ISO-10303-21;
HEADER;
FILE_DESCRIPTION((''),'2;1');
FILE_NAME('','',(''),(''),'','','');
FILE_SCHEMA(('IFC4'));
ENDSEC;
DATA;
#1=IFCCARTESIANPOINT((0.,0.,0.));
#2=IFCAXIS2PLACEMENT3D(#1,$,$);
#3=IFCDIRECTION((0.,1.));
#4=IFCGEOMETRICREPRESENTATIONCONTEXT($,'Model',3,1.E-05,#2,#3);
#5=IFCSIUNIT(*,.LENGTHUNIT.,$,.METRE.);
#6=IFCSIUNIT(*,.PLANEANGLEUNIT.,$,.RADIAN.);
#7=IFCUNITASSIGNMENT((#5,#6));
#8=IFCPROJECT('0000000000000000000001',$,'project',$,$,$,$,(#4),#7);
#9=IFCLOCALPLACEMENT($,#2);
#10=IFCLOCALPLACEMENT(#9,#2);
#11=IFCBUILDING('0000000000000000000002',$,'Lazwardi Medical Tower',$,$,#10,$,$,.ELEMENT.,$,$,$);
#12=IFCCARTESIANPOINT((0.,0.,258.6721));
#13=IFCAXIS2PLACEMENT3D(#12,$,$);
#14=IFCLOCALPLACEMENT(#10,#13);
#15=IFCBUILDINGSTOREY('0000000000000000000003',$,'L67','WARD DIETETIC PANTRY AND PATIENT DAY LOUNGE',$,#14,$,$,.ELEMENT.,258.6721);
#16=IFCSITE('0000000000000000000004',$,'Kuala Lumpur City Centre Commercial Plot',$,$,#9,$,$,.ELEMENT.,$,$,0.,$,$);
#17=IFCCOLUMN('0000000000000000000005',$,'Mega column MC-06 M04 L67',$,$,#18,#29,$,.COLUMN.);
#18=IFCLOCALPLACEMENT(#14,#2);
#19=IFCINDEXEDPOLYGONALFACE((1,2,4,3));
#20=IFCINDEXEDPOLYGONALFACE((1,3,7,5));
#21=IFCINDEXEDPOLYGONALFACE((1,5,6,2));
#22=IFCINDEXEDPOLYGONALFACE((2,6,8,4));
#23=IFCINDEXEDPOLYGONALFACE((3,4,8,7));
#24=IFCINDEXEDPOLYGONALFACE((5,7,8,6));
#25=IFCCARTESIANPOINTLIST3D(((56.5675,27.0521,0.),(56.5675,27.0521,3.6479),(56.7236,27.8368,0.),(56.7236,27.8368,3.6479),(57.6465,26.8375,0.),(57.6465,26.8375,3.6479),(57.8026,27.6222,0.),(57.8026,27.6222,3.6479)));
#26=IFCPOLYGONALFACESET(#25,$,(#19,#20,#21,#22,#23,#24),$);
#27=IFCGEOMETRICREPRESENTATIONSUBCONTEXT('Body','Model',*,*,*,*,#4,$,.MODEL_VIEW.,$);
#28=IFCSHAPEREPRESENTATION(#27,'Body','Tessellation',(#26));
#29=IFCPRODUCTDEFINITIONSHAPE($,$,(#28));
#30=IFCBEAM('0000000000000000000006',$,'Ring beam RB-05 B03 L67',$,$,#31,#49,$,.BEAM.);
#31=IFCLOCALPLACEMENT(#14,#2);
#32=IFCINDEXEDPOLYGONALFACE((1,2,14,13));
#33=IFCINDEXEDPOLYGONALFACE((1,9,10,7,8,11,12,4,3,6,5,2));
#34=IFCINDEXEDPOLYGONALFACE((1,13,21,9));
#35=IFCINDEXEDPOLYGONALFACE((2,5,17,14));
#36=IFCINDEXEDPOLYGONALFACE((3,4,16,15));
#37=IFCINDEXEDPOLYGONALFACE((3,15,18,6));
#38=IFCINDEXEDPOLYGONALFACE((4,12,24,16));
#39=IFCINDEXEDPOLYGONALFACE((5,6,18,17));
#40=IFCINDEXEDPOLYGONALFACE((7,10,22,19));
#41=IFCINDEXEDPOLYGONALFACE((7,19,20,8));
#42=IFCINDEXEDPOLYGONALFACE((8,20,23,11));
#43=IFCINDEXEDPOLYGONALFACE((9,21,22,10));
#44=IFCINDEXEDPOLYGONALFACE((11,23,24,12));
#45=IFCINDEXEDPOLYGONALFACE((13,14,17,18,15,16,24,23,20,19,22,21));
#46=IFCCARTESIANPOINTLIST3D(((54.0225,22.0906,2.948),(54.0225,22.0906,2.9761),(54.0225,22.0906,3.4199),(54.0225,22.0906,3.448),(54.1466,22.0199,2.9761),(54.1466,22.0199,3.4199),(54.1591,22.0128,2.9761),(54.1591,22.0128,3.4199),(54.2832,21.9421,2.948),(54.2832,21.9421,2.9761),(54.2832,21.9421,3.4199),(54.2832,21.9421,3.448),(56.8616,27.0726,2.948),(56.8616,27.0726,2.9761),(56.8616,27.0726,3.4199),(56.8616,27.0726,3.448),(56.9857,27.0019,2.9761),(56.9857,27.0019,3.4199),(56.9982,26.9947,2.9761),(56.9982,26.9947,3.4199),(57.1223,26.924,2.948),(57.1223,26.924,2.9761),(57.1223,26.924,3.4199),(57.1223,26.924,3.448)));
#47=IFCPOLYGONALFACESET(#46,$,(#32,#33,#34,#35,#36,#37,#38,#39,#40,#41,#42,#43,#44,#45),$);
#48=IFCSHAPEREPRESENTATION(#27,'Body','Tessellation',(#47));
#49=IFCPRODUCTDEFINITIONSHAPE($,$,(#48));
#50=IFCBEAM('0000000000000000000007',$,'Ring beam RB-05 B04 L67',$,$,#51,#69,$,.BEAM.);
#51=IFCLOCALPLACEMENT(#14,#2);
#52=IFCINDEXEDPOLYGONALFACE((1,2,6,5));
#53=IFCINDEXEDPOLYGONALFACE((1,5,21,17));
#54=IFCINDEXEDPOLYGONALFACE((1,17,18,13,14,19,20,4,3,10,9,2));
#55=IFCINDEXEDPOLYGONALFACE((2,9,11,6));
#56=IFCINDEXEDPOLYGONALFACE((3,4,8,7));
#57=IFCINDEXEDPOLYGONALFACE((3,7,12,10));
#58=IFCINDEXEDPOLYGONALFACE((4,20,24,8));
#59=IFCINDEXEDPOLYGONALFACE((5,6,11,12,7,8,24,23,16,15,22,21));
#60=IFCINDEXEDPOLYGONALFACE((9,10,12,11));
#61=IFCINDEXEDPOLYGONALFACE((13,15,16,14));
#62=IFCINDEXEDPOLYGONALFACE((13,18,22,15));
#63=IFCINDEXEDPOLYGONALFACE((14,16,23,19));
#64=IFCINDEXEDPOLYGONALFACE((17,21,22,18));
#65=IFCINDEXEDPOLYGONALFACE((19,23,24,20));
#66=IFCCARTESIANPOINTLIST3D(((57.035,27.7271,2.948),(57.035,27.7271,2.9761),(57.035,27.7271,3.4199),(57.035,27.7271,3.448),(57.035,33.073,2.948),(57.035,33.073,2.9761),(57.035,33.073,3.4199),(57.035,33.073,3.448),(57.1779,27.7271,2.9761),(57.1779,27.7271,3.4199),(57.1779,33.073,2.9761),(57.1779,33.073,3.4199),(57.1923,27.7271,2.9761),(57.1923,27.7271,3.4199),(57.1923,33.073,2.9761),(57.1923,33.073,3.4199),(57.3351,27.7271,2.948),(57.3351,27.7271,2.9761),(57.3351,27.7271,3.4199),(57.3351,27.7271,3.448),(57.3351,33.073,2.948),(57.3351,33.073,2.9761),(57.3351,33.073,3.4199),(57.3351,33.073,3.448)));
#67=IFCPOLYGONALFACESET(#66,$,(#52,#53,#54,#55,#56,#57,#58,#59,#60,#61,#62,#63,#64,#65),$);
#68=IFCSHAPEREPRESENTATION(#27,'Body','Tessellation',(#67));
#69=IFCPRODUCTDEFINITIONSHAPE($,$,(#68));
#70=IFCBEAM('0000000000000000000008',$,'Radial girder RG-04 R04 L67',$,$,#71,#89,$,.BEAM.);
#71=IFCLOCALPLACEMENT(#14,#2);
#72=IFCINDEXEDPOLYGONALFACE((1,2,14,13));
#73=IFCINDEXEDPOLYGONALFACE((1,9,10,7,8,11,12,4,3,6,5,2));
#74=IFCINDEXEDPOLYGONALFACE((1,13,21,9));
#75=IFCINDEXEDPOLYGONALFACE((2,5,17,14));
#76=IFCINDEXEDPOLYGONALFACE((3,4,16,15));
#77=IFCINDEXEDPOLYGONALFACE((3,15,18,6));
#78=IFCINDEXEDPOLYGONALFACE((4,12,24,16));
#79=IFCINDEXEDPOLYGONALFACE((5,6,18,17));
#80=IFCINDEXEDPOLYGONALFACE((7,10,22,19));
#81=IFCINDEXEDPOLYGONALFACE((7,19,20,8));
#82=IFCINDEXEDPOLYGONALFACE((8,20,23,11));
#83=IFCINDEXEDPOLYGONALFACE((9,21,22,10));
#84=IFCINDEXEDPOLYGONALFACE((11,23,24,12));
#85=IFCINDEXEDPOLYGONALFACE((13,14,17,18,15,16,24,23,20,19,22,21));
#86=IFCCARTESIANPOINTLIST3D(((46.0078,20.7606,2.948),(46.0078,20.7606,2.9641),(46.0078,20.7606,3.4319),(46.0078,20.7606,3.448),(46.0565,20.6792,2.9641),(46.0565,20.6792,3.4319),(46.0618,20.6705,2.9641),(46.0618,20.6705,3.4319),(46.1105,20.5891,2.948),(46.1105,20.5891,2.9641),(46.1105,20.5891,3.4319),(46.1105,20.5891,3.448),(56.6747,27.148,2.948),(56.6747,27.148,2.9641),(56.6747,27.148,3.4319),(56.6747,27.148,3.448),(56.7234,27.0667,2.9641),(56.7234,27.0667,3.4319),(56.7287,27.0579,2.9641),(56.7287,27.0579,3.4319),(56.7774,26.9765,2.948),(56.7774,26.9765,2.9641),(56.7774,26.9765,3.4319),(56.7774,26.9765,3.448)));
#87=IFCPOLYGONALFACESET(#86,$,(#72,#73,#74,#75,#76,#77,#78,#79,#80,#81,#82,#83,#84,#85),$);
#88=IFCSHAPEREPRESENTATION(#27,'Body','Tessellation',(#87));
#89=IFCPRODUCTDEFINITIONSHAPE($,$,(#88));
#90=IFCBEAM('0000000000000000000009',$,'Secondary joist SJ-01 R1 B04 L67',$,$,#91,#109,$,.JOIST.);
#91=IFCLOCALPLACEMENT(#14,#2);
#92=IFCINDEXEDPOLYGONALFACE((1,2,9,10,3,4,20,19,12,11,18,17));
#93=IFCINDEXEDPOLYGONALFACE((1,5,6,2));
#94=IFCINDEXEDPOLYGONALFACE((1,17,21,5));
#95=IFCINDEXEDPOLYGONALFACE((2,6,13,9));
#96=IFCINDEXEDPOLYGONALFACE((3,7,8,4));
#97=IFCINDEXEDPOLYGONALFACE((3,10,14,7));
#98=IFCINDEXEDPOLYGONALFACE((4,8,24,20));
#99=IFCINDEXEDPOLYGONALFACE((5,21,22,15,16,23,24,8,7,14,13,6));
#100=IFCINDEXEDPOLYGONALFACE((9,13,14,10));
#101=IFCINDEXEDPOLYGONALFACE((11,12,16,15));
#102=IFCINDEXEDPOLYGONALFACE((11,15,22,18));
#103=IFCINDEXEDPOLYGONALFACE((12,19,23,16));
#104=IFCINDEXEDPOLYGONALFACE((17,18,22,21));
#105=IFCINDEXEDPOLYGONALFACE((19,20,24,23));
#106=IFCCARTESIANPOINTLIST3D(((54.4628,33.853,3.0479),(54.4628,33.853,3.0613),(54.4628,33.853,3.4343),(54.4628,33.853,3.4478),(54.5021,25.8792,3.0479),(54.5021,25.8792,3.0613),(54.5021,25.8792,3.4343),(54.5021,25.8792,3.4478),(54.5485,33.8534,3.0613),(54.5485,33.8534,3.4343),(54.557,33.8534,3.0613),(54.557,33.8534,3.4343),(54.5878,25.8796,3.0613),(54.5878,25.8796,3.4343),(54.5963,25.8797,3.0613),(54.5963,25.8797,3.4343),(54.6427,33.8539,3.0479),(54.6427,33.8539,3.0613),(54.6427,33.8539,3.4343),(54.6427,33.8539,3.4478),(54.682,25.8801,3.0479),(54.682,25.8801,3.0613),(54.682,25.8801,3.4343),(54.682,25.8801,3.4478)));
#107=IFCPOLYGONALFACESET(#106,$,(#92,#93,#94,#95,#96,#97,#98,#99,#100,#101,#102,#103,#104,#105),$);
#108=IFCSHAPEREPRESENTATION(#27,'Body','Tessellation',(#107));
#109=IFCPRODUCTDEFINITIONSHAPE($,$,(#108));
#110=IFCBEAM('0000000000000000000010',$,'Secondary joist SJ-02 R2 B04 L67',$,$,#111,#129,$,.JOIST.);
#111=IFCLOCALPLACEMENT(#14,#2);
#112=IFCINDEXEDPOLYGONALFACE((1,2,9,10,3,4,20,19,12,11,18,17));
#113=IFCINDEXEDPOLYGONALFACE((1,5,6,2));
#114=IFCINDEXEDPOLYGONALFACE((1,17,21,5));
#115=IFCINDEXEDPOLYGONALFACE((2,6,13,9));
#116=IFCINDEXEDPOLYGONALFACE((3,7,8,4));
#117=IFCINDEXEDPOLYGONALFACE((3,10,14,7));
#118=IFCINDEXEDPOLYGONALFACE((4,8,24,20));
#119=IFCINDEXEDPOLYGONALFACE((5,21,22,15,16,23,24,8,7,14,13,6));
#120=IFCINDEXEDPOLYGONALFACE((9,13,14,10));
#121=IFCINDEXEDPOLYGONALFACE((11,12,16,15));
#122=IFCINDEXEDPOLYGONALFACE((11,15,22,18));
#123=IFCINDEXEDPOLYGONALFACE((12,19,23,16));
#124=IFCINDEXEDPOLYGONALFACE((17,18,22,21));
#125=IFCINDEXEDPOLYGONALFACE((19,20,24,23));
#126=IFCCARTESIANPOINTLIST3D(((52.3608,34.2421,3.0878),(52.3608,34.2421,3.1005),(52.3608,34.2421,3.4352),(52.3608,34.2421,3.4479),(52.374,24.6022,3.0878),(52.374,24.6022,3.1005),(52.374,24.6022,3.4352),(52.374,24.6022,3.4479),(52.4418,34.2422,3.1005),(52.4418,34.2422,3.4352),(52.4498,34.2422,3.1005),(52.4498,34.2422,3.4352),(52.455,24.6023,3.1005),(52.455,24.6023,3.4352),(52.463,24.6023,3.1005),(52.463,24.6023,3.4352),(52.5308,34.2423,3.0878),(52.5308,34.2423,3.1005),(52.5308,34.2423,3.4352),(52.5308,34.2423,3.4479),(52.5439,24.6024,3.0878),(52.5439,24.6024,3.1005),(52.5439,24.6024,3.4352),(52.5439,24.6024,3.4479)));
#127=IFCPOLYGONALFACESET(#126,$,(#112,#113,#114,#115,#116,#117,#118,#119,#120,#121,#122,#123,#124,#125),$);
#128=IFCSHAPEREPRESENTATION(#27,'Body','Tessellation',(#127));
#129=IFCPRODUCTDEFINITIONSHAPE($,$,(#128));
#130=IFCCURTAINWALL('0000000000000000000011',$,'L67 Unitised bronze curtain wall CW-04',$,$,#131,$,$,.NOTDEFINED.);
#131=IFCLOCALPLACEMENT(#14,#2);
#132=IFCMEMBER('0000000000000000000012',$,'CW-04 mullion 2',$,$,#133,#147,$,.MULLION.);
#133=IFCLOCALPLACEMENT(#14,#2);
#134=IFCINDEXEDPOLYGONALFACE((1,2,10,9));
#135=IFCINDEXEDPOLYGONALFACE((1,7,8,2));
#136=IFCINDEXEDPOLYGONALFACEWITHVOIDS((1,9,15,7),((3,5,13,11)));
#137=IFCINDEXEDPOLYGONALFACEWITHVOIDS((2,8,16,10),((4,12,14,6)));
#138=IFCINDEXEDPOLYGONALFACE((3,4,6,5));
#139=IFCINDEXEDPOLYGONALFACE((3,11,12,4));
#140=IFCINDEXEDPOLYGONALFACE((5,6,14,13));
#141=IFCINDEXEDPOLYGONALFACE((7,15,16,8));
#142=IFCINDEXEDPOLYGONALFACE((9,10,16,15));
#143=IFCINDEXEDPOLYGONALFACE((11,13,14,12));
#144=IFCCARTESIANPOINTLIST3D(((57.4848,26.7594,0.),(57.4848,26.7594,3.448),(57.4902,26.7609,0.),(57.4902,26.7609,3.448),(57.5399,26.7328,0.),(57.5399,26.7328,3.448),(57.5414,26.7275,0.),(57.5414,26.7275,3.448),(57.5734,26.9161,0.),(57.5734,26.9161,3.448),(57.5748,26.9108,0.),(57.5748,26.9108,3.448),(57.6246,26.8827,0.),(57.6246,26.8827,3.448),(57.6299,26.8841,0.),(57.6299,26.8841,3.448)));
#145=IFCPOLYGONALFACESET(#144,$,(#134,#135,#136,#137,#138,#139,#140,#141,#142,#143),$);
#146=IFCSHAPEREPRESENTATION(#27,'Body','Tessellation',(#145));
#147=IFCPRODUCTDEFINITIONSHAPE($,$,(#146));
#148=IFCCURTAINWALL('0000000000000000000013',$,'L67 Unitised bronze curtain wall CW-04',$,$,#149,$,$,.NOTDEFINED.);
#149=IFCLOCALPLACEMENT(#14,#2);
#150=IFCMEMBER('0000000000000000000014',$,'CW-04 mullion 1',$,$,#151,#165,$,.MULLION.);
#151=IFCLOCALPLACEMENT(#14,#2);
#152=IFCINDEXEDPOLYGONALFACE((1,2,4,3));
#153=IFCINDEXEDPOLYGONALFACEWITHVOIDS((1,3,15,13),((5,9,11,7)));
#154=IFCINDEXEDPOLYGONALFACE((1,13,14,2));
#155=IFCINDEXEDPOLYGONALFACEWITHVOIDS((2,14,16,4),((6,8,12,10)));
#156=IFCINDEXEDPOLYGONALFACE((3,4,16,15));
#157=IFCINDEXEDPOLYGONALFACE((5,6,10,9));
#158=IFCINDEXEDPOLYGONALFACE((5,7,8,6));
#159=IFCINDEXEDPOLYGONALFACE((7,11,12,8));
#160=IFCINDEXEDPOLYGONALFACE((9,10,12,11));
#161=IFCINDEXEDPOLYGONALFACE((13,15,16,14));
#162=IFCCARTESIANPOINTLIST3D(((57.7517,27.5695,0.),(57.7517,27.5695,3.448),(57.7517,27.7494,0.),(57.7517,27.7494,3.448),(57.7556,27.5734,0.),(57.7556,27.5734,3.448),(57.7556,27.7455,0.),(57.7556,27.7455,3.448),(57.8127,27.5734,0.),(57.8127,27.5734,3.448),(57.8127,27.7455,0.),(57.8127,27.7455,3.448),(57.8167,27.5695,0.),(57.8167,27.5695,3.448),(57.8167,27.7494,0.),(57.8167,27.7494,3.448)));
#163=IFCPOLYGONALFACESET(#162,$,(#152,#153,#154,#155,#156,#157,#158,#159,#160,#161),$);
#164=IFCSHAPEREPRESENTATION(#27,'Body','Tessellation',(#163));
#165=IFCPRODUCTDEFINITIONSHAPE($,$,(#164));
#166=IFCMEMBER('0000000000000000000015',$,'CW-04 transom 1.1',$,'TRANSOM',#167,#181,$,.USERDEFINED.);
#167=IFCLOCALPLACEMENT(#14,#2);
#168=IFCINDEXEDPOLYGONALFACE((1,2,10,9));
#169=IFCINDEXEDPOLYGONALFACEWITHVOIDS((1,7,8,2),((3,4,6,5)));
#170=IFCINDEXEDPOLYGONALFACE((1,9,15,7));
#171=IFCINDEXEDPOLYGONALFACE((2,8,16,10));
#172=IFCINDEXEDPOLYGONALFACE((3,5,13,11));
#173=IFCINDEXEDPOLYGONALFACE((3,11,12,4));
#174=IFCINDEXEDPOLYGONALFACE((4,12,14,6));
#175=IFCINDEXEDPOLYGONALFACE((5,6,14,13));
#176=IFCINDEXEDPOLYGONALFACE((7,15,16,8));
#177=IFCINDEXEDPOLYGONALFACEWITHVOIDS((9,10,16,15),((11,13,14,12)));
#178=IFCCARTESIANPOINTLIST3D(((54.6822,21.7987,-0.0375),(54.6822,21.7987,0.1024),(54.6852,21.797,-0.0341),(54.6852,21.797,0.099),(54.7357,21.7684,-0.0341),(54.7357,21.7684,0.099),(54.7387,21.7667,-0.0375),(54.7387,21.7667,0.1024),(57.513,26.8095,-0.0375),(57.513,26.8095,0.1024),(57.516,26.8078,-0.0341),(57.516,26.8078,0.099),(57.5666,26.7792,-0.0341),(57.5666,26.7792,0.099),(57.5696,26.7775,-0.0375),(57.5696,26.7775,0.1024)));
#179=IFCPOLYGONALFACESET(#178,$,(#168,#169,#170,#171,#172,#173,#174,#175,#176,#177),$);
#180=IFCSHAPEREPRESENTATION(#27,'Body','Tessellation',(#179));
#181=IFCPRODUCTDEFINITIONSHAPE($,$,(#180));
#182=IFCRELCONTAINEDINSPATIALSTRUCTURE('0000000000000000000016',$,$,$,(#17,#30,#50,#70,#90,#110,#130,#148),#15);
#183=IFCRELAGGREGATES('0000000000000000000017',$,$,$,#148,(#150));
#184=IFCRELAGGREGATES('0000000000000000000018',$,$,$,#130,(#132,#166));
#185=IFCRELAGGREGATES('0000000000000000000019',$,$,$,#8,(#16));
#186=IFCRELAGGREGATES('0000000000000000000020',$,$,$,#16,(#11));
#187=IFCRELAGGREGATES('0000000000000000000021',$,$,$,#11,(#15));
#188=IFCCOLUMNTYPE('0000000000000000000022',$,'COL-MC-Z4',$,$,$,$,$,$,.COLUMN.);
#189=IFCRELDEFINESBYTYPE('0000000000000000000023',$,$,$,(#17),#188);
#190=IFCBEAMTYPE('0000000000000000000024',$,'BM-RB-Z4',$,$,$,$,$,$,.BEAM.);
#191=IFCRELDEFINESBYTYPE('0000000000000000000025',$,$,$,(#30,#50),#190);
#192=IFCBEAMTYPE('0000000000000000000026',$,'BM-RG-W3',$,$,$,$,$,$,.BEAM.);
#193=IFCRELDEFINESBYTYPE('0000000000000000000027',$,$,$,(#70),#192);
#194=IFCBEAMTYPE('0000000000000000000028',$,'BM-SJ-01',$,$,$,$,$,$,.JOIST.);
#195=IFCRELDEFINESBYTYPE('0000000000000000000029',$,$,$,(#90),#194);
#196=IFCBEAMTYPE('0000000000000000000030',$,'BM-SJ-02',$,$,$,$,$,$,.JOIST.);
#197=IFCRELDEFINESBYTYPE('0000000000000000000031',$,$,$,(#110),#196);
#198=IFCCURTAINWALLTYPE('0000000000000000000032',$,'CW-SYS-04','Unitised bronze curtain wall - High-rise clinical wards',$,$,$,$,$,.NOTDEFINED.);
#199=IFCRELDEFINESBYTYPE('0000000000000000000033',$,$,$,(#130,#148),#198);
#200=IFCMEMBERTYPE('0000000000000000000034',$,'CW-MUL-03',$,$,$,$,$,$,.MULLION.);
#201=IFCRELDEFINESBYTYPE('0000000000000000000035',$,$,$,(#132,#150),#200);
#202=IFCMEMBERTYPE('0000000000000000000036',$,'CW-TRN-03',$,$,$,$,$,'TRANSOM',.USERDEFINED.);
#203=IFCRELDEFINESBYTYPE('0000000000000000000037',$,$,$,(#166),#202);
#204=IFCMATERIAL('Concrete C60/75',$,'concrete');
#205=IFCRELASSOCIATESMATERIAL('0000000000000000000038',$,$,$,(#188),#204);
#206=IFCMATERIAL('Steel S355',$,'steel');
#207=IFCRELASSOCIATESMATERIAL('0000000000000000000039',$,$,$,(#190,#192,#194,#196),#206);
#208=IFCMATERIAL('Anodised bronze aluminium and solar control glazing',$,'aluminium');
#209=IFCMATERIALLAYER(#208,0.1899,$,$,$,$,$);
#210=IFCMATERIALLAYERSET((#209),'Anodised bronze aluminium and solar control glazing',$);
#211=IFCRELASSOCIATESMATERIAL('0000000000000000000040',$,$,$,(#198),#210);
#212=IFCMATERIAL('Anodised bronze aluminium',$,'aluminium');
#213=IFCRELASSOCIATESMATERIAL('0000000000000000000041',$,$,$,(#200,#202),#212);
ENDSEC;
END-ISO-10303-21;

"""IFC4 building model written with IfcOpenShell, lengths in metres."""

from ifc_helpers import new_model, si_unit, direction, frame, origin, origin_2d, place, context, subcontext, project, spatial, rectangle, hollow_rectangle, i_section, extrude, material, layer, layer_set, material_profile, profile_set, type_object, element, aggregate, save


model = new_model("IFC4")

# Units and contexts
model_context = context("Model", 3, precision=1e-05, world=origin(), true_north=direction((0.0, 1.0)))
body_context = subcontext(model_context, "Body", "Model", "MODEL_VIEW")
ifc_project = project(units=[si_unit("LENGTHUNIT", "METRE"), si_unit("PLANEANGLEUNIT", "RADIAN")], contexts=[model_context])

# Site, building, storey
site_placement = place(None, origin())
site = spatial("IfcSite", under=ifc_project, at=site_placement, Name="Kuala Lumpur City Centre Commercial Plot", CompositionType="ELEMENT", RefElevation=0.0)
building_placement = place(site_placement, origin())
building = spatial("IfcBuilding", under=site, at=building_placement, Name="Lazwardi Medical Tower", CompositionType="ELEMENT")
storey_placement = place(building_placement, frame((0.0, 0.0, 258.6721)))
storey = spatial("IfcBuildingStorey", under=building, at=storey_placement, Name="L67", Description="WARD DIETETIC PANTRY AND PATIENT DAY LOUNGE", CompositionType="ELEMENT", Elevation=258.6721)

# Column
ifc_material_1 = material(Name="Concrete C60/75", Category="concrete")
ifc_material_profile_1 = material_profile(ifc_material_1, rectangle(XDim=1.1001, YDim=0.8, at=origin_2d()), Name="CFT-RECT 1100x800")
ifc_profile_set_1 = profile_set([ifc_material_profile_1], Name="Concrete C60/75")
column_type = type_object("IfcColumnType", Name="COL-MC-Z4", PredefinedType="COLUMN", material=ifc_profile_set_1)
column_placement = place(storey_placement, frame((57.1851, 27.3372, 0.0), z_axis=(0.0, 0.0, 1.0), x_axis=(0.980785, -0.19509, 0.0)))
element("IfcColumn", 1, at=column_placement, inside=storey, type_object=column_type, Name="Mega column MC-06 M04 L67", PredefinedType="COLUMN", context=body_context, shape_type="SweptSolid", body=[
    extrude(rectangle(XDim=1.1001, YDim=0.8, at=origin_2d()), origin(), (0.0, 0.0, 1.0), 3.6479),
])

# Beams
ifc_material_2 = material(Name="Steel S355", Category="steel")
ifc_material_profile_2 = material_profile(ifc_material_2, i_section(OverallWidth=0.3, OverallDepth=0.5, WebThickness=0.0144, FlangeThickness=0.0281, at=origin_2d()), Name="HEB 500")
ifc_profile_set_2 = profile_set([ifc_material_profile_2], Name="Steel S355")
beam_type_1 = type_object("IfcBeamType", Name="BM-RB-Z4", PredefinedType="BEAM", material=ifc_profile_set_2)
beam_1_placement = place(storey_placement, frame((54.1528, 22.0164, 3.198), z_axis=(0.495125, 0.868822, 0.0), x_axis=(-0.868822, 0.495125, 0.0)))
element("IfcBeam", 2, at=beam_1_placement, inside=storey, type_object=beam_type_1, Name="Ring beam RB-05 B03 L67", PredefinedType="BEAM", context=body_context, shape_type="SweptSolid", body=[
    extrude(i_section(OverallWidth=0.3, OverallDepth=0.5, WebThickness=0.0144, FlangeThickness=0.0281, at=origin_2d()), origin(), (0.0, 0.0, 1.0), 5.7341),
])
beam_2_placement = place(storey_placement, frame((57.1851, 27.7271, 3.198), z_axis=(0.0, 1.0, 0.0), x_axis=(-1.0, 0.0, 0.0)))
element("IfcBeam", 3, at=beam_2_placement, inside=storey, type_object=beam_type_1, Name="Ring beam RB-05 B04 L67", PredefinedType="BEAM", context=body_context, shape_type="SweptSolid", body=[
    extrude(i_section(OverallWidth=0.3, OverallDepth=0.5, WebThickness=0.0144, FlangeThickness=0.0281, at=origin_2d()), origin(), (0.0, 0.0, 1.0), 5.3459),
])
ifc_material_profile_3 = material_profile(ifc_material_2, i_section(OverallWidth=0.2, OverallDepth=0.5, WebThickness=0.0103, FlangeThickness=0.0161, at=origin_2d()), Name="IPE 500")
ifc_profile_set_3 = profile_set([ifc_material_profile_3], Name="Steel S355")
beam_type_2 = type_object("IfcBeamType", Name="BM-RG-W3", PredefinedType="BEAM", material=ifc_profile_set_3)
beam_3_placement = place(storey_placement, frame((56.7261, 27.0623, 3.198), z_axis=(-0.857945, -0.513742, 0.0), x_axis=(0.513742, -0.857945, 0.0)))
element("IfcBeam", 4, at=beam_3_placement, inside=storey, type_object=beam_type_2, Name="Radial girder RG-04 R04 L67", PredefinedType="BEAM", context=body_context, shape_type="SweptSolid", body=[
    extrude(i_section(OverallWidth=0.2, OverallDepth=0.5, WebThickness=0.0103, FlangeThickness=0.0161, at=origin_2d()), origin(), (0.0, 0.0, 1.0), 12.4331),
])
ifc_material_profile_4 = material_profile(ifc_material_2, i_section(OverallWidth=0.1799, OverallDepth=0.3999, WebThickness=0.0085, FlangeThickness=0.0134, at=origin_2d()), Name="IPE 400")
ifc_profile_set_4 = profile_set([ifc_material_profile_4], Name="Steel S355")
beam_type_3 = type_object("IfcBeamType", Name="BM-SJ-01", PredefinedType="JOIST", material=ifc_profile_set_4)
beam_4_placement = place(storey_placement, frame((54.592, 25.8796, 3.2478), z_axis=(-0.004929, 0.999988, 0.0), x_axis=(-0.999988, -0.004929, 0.0)))
element("IfcBeam", 5, at=beam_4_placement, inside=storey, type_object=beam_type_3, Name="Secondary joist SJ-01 R1 B04 L67", PredefinedType="JOIST", context=body_context, shape_type="SweptSolid", body=[
    extrude(i_section(OverallWidth=0.1799, OverallDepth=0.3999, WebThickness=0.0085, FlangeThickness=0.0134, at=origin_2d()), origin(), (0.0, 0.0, 1.0), 7.9739),
])
ifc_material_profile_5 = material_profile(ifc_material_2, i_section(OverallWidth=0.1699, OverallDepth=0.3601, WebThickness=0.0081, FlangeThickness=0.0127, at=origin_2d()), Name="IPE 360")
ifc_profile_set_5 = profile_set([ifc_material_profile_5], Name="Steel S355")
beam_type_4 = type_object("IfcBeamType", Name="BM-SJ-02", PredefinedType="JOIST", material=ifc_profile_set_5)
beam_5_placement = place(storey_placement, frame((52.459, 24.6023, 3.2678), z_axis=(-0.001368, 0.999999, 0.0), x_axis=(-0.999999, -0.001368, 0.0)))
element("IfcBeam", 6, at=beam_5_placement, inside=storey, type_object=beam_type_4, Name="Secondary joist SJ-02 R2 B04 L67", PredefinedType="JOIST", context=body_context, shape_type="SweptSolid", body=[
    extrude(i_section(OverallWidth=0.1699, OverallDepth=0.3601, WebThickness=0.0081, FlangeThickness=0.0127, at=origin_2d()), origin(), (0.0, 0.0, 1.0), 9.6399),
])

# Curtain walls, members
ifc_material_3 = material(Name="Anodised bronze aluminium and solar control glazing", Category="aluminium")
ifc_layer_1 = layer(ifc_material_3, 0.1899)
ifc_layer_set_1 = layer_set([ifc_layer_1], Name="Anodised bronze aluminium and solar control glazing")
curtain_wall_type = type_object("IfcCurtainWallType", Name="CW-SYS-04", Description="Unitised bronze curtain wall - High-rise clinical wards", PredefinedType="NOTDEFINED", material=ifc_layer_set_1)
curtain_wall_1_placement = place(storey_placement, origin())
curtain_wall_1 = element("IfcCurtainWall", 7, at=curtain_wall_1_placement, inside=storey, type_object=curtain_wall_type, Name="L67 Unitised bronze curtain wall CW-04", PredefinedType="NOTDEFINED")
ifc_material_4 = material(Name="Anodised bronze aluminium", Category="aluminium")
ifc_material_profile_6 = material_profile(ifc_material_4, hollow_rectangle(XDim=0.0649, YDim=0.1799, WallThickness=0.0039, at=origin_2d()), Name="ALU-MULLION 180x65x4")
ifc_profile_set_6 = profile_set([ifc_material_profile_6], Name="Anodised bronze aluminium")
member_type_1 = type_object("IfcMemberType", Name="CW-MUL-03", PredefinedType="MULLION", material=ifc_profile_set_6)
member_1_placement = place(storey_placement, frame((57.5574, 26.8218, 0.0), z_axis=(0.0, 0.0, 1.0), x_axis=(-0.870651, 0.4919, 0.0)))
member_1 = element("IfcMember", 8, at=member_1_placement, type_object=member_type_1, Name="CW-04 mullion 2", PredefinedType="MULLION", context=body_context, shape_type="SweptSolid", body=[
    extrude(hollow_rectangle(XDim=0.0649, YDim=0.1799, WallThickness=0.0039, at=origin_2d()), origin(), (0.0, 0.0, 1.0), 3.448),
])
curtain_wall_2_placement = place(storey_placement, origin())
curtain_wall_2 = element("IfcCurtainWall", 9, at=curtain_wall_2_placement, inside=storey, type_object=curtain_wall_type, Name="L67 Unitised bronze curtain wall CW-04", PredefinedType="NOTDEFINED")
member_2_placement = place(storey_placement, frame((57.7842, 27.6594, 0.0), z_axis=(0.0, 0.0, 1.0), x_axis=(-1.0, 0.0, 0.0)))
member_2 = element("IfcMember", 10, at=member_2_placement, type_object=member_type_1, Name="CW-04 mullion 1", PredefinedType="MULLION", context=body_context, shape_type="SweptSolid", body=[
    extrude(hollow_rectangle(XDim=0.0649, YDim=0.1799, WallThickness=0.0039, at=origin_2d()), origin(), (0.0, 0.0, 1.0), 3.448),
])

# Member
ifc_material_profile_7 = material_profile(ifc_material_4, hollow_rectangle(XDim=0.0649, YDim=0.1399, WallThickness=0.0034, at=origin_2d()), Name="ALU-TRANSOM 140x65x3.5")
ifc_profile_set_7 = profile_set([ifc_material_profile_7], Name="Anodised bronze aluminium")
member_type_2 = type_object("IfcMemberType", Name="CW-TRN-03", ElementType="TRANSOM", PredefinedType="USERDEFINED", material=ifc_profile_set_7)
member_3_placement = place(storey_placement, frame((54.7104, 21.7827, 0.0325), z_axis=(0.49188, 0.870663, 0.0), x_axis=(-0.870663, 0.49188, 0.0)))
member_3 = element("IfcMember", 11, at=member_3_placement, type_object=member_type_2, Name="CW-04 transom 1.1", ObjectType="TRANSOM", PredefinedType="USERDEFINED", context=body_context, shape_type="SweptSolid", body=[
    extrude(hollow_rectangle(XDim=0.0649, YDim=0.1399, WallThickness=0.0034, at=origin_2d()), origin(), (0.0, 0.0, 1.0), 5.7551),
])
aggregate(curtain_wall_2, [member_2])

aggregate(curtain_wall_1, [member_1, member_3])

save(model, "model.ifc")
